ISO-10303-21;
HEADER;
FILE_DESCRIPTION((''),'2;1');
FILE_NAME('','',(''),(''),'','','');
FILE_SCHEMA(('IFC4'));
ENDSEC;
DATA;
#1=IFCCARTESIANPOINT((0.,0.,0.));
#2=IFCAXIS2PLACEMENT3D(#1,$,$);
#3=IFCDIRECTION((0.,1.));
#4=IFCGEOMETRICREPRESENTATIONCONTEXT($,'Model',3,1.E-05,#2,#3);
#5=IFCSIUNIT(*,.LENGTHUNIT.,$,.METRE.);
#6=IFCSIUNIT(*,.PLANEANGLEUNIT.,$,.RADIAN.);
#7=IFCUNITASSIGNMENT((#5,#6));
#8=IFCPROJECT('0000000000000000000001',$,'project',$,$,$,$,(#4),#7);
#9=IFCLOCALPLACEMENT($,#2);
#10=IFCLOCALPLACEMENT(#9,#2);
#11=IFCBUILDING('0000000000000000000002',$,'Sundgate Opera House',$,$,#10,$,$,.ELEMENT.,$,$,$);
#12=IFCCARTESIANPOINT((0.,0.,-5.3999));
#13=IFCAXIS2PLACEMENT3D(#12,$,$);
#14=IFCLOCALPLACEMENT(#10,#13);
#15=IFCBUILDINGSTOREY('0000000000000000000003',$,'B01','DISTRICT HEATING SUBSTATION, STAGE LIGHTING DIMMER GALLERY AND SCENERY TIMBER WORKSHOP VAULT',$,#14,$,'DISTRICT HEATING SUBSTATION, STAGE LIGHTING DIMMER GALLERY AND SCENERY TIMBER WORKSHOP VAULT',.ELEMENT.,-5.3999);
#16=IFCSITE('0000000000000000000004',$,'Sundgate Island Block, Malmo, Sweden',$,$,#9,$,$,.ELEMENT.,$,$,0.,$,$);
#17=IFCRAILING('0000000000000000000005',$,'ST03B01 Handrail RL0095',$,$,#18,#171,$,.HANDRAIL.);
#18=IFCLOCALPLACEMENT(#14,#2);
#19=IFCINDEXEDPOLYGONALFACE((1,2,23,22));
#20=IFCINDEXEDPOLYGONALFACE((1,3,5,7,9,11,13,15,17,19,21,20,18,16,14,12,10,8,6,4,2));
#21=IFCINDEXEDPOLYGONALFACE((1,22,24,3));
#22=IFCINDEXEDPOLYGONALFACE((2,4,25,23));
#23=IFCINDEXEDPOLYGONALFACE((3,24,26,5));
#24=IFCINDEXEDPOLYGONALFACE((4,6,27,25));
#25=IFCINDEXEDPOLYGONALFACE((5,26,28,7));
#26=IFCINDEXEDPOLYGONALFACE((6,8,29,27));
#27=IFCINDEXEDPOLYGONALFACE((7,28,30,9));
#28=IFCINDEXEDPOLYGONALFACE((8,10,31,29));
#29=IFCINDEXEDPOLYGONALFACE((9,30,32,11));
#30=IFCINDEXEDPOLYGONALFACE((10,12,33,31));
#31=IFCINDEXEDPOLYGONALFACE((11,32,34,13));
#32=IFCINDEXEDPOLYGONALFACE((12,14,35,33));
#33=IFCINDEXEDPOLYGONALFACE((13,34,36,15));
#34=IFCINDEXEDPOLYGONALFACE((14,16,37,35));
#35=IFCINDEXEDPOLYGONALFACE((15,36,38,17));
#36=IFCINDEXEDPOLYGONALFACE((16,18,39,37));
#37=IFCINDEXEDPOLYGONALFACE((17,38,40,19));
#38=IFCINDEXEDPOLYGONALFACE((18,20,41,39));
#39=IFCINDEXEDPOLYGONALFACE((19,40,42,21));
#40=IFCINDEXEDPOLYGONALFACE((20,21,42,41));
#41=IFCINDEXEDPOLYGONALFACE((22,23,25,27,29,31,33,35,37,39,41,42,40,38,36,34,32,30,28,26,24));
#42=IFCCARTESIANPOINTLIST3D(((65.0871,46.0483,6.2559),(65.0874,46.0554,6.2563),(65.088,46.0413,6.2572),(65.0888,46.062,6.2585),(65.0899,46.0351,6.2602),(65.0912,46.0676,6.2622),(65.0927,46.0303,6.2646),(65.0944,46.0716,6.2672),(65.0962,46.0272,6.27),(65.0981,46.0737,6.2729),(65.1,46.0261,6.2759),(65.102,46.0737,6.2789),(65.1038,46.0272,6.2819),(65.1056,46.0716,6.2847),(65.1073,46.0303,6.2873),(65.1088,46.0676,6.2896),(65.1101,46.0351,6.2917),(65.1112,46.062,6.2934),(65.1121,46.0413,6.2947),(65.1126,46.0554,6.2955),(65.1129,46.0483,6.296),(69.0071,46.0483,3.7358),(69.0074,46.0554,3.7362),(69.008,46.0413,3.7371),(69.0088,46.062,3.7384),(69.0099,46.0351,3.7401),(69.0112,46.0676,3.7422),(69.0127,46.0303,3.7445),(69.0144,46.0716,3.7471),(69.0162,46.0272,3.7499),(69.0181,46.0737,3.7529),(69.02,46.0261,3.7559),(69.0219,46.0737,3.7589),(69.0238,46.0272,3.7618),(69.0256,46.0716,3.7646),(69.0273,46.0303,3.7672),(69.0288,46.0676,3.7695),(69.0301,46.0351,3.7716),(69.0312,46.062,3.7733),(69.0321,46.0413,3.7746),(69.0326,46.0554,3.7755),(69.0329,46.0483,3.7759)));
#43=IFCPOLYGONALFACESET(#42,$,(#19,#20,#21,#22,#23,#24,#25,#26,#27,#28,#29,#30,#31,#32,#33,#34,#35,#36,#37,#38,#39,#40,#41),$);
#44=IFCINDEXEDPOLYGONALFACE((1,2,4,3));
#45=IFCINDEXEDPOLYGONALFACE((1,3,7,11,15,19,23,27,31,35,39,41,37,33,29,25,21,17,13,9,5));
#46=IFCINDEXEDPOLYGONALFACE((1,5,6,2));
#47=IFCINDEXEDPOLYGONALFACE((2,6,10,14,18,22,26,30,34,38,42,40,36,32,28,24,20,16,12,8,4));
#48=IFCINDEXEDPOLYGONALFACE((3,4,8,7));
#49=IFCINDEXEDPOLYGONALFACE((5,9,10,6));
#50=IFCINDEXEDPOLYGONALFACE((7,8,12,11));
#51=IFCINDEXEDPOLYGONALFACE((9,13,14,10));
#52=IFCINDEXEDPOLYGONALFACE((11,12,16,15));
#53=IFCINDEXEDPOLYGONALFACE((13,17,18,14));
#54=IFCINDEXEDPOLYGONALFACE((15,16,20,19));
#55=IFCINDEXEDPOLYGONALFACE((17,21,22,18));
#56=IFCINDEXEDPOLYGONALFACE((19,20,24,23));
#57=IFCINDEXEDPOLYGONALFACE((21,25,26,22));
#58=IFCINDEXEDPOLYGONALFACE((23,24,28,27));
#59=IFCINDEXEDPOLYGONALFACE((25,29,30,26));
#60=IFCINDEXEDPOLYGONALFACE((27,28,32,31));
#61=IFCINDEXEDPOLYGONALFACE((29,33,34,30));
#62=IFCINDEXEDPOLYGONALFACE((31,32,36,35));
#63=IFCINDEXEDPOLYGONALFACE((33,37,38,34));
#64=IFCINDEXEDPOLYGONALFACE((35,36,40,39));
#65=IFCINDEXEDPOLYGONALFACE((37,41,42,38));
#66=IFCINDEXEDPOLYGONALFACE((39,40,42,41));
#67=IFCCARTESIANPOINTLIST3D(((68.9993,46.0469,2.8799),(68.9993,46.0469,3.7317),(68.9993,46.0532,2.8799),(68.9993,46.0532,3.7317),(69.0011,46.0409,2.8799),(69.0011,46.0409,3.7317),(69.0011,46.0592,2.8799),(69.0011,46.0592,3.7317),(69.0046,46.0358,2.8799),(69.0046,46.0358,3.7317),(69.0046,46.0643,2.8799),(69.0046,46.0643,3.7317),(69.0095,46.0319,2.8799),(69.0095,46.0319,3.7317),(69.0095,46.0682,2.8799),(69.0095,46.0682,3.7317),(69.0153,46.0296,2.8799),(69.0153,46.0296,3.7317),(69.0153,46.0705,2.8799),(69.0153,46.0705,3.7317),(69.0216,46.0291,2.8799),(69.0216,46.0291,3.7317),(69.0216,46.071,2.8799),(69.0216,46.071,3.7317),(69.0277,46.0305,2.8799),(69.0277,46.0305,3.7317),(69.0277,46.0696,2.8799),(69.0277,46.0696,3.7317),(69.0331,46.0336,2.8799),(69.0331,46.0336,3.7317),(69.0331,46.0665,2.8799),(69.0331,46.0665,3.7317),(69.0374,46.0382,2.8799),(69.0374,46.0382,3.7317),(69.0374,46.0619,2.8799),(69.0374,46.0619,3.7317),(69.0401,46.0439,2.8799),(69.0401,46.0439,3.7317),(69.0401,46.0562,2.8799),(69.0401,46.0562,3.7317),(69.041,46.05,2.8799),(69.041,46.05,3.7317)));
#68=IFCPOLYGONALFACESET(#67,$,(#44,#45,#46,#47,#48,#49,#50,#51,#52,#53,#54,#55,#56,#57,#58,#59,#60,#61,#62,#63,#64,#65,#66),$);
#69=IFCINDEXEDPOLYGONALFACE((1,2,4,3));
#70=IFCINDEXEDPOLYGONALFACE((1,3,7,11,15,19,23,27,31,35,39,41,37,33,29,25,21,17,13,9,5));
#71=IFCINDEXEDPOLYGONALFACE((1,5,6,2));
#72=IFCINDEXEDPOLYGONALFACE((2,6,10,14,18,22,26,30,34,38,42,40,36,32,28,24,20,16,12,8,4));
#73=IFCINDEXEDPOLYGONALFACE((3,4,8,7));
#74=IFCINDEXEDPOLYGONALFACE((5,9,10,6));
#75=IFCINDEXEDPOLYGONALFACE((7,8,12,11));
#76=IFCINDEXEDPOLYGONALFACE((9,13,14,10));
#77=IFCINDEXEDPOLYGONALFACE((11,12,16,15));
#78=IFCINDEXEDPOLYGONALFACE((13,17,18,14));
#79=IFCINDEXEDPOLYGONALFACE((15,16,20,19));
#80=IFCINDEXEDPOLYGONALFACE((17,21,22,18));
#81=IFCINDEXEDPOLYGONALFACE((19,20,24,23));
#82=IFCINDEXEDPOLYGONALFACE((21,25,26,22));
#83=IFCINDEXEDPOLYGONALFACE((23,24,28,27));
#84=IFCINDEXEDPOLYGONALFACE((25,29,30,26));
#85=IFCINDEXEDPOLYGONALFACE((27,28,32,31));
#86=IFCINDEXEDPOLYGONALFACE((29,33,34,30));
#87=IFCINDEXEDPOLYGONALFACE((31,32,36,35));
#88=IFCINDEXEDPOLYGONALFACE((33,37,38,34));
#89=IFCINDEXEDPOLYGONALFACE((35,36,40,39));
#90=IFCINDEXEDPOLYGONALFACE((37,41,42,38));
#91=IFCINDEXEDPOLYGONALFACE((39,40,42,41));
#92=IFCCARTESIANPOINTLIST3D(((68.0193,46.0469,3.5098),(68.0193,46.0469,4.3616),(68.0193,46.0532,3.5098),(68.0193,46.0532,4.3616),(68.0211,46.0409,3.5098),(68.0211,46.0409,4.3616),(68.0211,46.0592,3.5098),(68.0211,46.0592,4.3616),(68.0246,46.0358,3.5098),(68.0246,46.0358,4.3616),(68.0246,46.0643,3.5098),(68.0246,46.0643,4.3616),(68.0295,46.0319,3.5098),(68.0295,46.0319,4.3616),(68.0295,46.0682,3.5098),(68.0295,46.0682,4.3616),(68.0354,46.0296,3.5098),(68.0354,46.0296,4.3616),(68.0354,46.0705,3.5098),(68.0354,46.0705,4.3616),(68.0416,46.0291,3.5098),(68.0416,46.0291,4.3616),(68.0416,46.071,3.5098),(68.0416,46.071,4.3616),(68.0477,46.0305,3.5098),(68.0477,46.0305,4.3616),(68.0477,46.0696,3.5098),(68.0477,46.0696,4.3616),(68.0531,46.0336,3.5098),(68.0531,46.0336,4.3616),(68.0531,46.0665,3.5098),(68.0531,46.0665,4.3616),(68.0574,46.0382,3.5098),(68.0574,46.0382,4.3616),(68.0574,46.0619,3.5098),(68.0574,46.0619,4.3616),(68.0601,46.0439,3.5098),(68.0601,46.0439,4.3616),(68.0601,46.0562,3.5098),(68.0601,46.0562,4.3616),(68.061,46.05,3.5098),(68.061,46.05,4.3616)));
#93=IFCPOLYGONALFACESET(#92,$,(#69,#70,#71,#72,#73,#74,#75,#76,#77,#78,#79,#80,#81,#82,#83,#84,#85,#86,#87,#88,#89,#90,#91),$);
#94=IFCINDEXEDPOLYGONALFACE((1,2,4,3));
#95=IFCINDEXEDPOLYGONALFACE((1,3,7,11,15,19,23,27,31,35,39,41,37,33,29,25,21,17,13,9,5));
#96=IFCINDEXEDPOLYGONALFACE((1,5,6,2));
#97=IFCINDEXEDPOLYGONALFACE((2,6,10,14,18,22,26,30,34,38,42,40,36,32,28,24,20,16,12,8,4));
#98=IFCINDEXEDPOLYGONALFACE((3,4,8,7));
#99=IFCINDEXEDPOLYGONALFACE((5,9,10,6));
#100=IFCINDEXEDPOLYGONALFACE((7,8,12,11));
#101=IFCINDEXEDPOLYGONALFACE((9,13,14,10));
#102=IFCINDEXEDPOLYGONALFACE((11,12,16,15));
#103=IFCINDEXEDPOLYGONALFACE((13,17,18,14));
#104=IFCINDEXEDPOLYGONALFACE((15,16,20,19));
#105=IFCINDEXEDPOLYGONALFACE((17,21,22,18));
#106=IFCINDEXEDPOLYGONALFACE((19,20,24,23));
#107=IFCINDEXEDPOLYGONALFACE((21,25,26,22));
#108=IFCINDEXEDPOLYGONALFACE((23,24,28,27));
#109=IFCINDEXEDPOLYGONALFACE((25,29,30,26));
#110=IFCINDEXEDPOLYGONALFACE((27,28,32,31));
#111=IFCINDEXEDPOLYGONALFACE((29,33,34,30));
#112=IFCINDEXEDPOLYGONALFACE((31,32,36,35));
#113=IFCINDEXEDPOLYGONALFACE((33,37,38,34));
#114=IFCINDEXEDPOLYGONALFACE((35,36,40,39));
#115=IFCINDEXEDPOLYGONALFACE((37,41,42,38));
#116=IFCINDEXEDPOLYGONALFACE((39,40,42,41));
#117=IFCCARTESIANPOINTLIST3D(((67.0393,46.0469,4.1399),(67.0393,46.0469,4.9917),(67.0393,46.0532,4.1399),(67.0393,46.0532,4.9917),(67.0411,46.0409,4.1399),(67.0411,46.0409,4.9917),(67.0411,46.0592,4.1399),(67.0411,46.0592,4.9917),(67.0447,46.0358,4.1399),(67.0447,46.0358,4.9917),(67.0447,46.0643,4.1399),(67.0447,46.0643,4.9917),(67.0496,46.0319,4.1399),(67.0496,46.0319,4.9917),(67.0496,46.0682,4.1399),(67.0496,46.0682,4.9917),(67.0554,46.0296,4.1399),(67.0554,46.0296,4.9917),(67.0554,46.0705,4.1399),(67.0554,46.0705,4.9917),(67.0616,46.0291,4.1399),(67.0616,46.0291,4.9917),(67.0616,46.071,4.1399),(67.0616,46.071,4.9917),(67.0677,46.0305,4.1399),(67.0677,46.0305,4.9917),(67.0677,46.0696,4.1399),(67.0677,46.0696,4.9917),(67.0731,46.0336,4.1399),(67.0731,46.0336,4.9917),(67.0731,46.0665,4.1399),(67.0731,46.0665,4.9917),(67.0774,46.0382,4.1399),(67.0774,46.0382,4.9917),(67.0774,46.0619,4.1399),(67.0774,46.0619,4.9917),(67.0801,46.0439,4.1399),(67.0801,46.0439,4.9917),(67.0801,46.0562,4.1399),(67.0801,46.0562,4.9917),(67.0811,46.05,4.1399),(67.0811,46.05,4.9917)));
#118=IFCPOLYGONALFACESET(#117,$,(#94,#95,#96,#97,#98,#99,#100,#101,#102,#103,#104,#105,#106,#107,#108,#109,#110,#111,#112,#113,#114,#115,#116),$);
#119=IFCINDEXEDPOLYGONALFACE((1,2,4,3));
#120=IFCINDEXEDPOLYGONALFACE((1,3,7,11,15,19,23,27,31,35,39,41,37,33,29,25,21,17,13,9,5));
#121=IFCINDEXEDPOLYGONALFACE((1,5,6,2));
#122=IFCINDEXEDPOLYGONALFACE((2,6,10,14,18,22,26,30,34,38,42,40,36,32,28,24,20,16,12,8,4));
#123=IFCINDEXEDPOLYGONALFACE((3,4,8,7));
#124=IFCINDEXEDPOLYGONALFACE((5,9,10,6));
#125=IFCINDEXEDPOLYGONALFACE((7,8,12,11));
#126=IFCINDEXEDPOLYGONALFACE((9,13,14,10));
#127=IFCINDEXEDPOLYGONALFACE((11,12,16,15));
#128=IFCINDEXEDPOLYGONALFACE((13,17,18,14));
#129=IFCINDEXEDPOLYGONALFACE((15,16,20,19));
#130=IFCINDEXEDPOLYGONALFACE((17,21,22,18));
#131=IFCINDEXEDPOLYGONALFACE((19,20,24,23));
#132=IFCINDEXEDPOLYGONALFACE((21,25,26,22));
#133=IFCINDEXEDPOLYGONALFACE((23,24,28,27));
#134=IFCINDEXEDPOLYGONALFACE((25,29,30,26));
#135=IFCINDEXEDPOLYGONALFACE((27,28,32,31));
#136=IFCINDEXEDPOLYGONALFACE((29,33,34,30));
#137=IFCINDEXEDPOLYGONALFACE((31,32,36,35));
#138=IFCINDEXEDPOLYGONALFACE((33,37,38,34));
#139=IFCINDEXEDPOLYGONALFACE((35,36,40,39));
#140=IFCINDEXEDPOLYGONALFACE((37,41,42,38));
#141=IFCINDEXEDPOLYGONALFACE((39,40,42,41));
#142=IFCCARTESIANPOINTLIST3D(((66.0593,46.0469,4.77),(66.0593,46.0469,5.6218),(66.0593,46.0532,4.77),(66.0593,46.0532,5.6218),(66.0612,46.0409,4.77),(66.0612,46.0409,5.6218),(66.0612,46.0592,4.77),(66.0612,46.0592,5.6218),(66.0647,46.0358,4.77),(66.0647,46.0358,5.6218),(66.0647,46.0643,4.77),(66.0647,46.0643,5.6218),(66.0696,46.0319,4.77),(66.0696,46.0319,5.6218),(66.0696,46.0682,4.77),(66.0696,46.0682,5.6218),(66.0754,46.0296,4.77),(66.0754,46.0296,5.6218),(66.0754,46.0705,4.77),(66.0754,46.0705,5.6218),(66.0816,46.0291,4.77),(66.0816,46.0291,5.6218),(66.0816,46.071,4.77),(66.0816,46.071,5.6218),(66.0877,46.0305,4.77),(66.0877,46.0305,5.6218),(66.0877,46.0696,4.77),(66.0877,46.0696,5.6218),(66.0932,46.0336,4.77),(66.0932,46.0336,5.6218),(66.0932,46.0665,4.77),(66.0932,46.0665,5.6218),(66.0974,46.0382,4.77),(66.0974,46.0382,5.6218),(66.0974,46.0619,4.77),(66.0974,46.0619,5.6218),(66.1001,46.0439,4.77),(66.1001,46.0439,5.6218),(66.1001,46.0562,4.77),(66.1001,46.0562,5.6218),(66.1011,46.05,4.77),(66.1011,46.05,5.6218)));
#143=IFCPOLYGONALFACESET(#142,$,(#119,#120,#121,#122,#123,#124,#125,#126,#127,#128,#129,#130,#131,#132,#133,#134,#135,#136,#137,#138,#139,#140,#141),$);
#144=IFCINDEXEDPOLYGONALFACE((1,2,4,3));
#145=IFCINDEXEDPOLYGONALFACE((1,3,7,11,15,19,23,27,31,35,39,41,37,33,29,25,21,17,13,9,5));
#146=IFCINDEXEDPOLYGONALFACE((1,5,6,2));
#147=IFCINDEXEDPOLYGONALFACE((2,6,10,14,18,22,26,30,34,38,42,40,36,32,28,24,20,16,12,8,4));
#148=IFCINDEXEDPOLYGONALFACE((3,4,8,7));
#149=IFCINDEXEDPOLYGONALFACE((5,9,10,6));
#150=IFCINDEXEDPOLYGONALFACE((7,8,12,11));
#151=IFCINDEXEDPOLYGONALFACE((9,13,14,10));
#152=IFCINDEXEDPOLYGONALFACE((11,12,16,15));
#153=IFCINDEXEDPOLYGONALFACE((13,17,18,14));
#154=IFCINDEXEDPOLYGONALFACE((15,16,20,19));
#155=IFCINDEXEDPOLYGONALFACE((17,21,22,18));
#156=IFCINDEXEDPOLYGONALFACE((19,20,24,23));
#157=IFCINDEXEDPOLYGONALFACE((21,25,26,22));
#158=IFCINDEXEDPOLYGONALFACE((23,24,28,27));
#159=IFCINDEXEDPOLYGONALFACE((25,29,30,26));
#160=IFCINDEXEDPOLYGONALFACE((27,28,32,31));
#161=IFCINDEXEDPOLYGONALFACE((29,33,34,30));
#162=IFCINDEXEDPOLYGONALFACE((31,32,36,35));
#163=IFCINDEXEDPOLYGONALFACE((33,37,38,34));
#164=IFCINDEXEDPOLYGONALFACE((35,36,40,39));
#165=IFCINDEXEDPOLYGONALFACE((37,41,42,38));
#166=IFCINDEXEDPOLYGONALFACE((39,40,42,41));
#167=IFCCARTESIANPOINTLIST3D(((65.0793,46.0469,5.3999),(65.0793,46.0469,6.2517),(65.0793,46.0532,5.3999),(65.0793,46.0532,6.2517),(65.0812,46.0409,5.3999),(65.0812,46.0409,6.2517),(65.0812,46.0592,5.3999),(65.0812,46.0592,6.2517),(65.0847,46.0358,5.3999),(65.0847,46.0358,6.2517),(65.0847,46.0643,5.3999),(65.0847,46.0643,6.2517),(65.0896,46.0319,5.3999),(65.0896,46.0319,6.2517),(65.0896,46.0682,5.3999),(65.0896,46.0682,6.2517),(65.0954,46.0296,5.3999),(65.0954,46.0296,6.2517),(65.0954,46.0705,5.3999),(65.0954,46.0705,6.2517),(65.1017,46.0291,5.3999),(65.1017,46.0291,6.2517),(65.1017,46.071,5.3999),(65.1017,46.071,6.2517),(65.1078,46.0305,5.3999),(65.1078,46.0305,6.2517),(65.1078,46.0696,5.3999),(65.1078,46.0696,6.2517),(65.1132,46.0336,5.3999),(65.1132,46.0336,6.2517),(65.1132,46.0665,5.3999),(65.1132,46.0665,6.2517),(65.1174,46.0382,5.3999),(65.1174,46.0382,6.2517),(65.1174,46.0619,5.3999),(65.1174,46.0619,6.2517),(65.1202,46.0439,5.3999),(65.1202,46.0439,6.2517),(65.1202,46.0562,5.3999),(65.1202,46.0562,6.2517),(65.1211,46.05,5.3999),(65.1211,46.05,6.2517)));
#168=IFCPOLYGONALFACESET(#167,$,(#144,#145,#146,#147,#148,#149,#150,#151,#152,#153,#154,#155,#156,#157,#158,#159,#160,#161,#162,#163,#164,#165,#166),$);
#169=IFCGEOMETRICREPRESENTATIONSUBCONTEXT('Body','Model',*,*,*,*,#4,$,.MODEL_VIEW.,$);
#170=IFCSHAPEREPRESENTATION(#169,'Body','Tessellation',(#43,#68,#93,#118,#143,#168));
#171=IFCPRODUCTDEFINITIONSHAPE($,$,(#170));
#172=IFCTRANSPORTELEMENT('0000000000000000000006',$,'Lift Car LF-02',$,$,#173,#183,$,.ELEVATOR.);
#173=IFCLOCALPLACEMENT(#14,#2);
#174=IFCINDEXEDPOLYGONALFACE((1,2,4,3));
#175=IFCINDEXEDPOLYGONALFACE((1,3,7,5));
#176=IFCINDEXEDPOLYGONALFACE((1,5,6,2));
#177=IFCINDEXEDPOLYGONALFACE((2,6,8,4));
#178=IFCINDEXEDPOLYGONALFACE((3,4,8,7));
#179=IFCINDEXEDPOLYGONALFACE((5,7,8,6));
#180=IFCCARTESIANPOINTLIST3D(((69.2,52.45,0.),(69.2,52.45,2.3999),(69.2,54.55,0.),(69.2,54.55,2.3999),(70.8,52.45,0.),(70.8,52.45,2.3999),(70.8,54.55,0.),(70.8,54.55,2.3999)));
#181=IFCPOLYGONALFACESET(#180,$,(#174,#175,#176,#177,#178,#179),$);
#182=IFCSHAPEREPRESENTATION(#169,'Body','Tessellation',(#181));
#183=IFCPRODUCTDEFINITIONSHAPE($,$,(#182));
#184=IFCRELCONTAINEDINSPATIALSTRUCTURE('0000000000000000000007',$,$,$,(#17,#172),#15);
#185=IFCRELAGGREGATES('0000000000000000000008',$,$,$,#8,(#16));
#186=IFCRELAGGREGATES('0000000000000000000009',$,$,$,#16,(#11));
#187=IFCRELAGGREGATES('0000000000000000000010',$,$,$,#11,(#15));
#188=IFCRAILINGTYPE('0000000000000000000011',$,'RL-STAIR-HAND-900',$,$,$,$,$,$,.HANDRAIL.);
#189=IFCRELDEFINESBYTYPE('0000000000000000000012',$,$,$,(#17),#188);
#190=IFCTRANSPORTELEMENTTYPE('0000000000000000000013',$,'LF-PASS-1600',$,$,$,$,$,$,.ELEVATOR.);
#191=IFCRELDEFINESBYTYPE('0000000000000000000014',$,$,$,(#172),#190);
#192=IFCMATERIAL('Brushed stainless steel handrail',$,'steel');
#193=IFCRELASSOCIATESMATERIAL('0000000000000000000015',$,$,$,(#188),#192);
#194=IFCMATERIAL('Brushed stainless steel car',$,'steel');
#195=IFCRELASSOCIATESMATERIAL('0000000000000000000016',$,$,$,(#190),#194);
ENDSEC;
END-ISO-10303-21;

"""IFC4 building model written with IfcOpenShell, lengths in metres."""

from ifc_helpers import new_model, si_unit, direction, frame, origin, origin_2d, place, context, subcontext, project, spatial, rectangle, circle, extrude, material, type_object, element, save


model = new_model("IFC4")

# Units and contexts
model_context = context("Model", 3, precision=1e-05, world=origin(), true_north=direction((0.0, 1.0)))
body_context = subcontext(model_context, "Body", "Model", "MODEL_VIEW")
ifc_project = project(units=[si_unit("LENGTHUNIT", "METRE"), si_unit("PLANEANGLEUNIT", "RADIAN")], contexts=[model_context])

# Site, building, storey
site_placement = place(None, origin())
site = spatial("IfcSite", under=ifc_project, at=site_placement, Name="Sundgate Island Block, Malmo, Sweden", CompositionType="ELEMENT", RefElevation=0.0)
building_placement = place(site_placement, origin())
building = spatial("IfcBuilding", under=site, at=building_placement, Name="Sundgate Opera House", CompositionType="ELEMENT")
storey_placement = place(building_placement, frame((0.0, 0.0, -5.3999)))
storey = spatial("IfcBuildingStorey", under=building, at=storey_placement, Name="B01", Description="DISTRICT HEATING SUBSTATION, STAGE LIGHTING DIMMER GALLERY AND SCENERY TIMBER WORKSHOP VAULT", LongName="DISTRICT HEATING SUBSTATION, STAGE LIGHTING DIMMER GALLERY AND SCENERY TIMBER WORKSHOP VAULT", CompositionType="ELEMENT", Elevation=-5.3999)

# Railing
ifc_material_1 = material(Name="Brushed stainless steel handrail", Category="steel")
railing_type_1 = type_object("IfcRailingType", Name="RL-STAIR-HAND-900", PredefinedType="HANDRAIL", material=ifc_material_1)
railing_1_placement = place(storey_placement, frame((69.02, 46.05, 2.8799)))
element("IfcRailing", 1, at=railing_1_placement, inside=storey, type_object=railing_type_1, Name="ST03B01 Handrail RL0095", PredefinedType="HANDRAIL", context=body_context, shape_type="SweptSolid", body=[
    extrude(circle(Radius=0.0239, at=origin_2d()), frame((0.0, 0.0, 0.876), z_axis=(-0.841172, 0.0, 0.540768), x_axis=(0.0, -1.0, 0.0)), (0.0, 0.0, 1.0), 4.6602),
    extrude(circle(Radius=0.021, at=origin_2d()), origin(), (0.0, 0.0, 1.0), 0.8518),
    extrude(circle(Radius=0.021, at=origin_2d()), frame((-0.98, 0.0, 0.6299)), (0.0, 0.0, 1.0), 0.8518),
    extrude(circle(Radius=0.021, at=origin_2d()), frame((-1.96, 0.0, 1.26)), (0.0, 0.0, 1.0), 0.8518),
    extrude(circle(Radius=0.021, at=origin_2d()), frame((-2.9399, 0.0, 1.8901)), (0.0, 0.0, 1.0), 0.8518),
    extrude(circle(Radius=0.021, at=origin_2d()), frame((-3.9199, 0.0, 2.52)), (0.0, 0.0, 1.0), 0.8518),
])

# Transport element
ifc_material_2 = material(Name="Brushed stainless steel car", Category="steel")
transport_element_type = type_object("IfcTransportElementType", Name="LF-PASS-1600", PredefinedType="ELEVATOR", material=ifc_material_2)
transport_element_placement = place(storey_placement, frame((70.0, 53.5, 0.0), z_axis=(0.0, 0.0, 1.0), x_axis=(1.0, 0.0, 0.0)))
element("IfcTransportElement", 2, at=transport_element_placement, inside=storey, type_object=transport_element_type, Name="Lift Car LF-02", PredefinedType="ELEVATOR", context=body_context, shape_type="SweptSolid", body=[
    extrude(rectangle(XDim=1.6001, YDim=2.1001, at=origin_2d()), origin(), (0.0, 0.0, 1.0), 2.3999),
])

save(model, "model.ifc")
